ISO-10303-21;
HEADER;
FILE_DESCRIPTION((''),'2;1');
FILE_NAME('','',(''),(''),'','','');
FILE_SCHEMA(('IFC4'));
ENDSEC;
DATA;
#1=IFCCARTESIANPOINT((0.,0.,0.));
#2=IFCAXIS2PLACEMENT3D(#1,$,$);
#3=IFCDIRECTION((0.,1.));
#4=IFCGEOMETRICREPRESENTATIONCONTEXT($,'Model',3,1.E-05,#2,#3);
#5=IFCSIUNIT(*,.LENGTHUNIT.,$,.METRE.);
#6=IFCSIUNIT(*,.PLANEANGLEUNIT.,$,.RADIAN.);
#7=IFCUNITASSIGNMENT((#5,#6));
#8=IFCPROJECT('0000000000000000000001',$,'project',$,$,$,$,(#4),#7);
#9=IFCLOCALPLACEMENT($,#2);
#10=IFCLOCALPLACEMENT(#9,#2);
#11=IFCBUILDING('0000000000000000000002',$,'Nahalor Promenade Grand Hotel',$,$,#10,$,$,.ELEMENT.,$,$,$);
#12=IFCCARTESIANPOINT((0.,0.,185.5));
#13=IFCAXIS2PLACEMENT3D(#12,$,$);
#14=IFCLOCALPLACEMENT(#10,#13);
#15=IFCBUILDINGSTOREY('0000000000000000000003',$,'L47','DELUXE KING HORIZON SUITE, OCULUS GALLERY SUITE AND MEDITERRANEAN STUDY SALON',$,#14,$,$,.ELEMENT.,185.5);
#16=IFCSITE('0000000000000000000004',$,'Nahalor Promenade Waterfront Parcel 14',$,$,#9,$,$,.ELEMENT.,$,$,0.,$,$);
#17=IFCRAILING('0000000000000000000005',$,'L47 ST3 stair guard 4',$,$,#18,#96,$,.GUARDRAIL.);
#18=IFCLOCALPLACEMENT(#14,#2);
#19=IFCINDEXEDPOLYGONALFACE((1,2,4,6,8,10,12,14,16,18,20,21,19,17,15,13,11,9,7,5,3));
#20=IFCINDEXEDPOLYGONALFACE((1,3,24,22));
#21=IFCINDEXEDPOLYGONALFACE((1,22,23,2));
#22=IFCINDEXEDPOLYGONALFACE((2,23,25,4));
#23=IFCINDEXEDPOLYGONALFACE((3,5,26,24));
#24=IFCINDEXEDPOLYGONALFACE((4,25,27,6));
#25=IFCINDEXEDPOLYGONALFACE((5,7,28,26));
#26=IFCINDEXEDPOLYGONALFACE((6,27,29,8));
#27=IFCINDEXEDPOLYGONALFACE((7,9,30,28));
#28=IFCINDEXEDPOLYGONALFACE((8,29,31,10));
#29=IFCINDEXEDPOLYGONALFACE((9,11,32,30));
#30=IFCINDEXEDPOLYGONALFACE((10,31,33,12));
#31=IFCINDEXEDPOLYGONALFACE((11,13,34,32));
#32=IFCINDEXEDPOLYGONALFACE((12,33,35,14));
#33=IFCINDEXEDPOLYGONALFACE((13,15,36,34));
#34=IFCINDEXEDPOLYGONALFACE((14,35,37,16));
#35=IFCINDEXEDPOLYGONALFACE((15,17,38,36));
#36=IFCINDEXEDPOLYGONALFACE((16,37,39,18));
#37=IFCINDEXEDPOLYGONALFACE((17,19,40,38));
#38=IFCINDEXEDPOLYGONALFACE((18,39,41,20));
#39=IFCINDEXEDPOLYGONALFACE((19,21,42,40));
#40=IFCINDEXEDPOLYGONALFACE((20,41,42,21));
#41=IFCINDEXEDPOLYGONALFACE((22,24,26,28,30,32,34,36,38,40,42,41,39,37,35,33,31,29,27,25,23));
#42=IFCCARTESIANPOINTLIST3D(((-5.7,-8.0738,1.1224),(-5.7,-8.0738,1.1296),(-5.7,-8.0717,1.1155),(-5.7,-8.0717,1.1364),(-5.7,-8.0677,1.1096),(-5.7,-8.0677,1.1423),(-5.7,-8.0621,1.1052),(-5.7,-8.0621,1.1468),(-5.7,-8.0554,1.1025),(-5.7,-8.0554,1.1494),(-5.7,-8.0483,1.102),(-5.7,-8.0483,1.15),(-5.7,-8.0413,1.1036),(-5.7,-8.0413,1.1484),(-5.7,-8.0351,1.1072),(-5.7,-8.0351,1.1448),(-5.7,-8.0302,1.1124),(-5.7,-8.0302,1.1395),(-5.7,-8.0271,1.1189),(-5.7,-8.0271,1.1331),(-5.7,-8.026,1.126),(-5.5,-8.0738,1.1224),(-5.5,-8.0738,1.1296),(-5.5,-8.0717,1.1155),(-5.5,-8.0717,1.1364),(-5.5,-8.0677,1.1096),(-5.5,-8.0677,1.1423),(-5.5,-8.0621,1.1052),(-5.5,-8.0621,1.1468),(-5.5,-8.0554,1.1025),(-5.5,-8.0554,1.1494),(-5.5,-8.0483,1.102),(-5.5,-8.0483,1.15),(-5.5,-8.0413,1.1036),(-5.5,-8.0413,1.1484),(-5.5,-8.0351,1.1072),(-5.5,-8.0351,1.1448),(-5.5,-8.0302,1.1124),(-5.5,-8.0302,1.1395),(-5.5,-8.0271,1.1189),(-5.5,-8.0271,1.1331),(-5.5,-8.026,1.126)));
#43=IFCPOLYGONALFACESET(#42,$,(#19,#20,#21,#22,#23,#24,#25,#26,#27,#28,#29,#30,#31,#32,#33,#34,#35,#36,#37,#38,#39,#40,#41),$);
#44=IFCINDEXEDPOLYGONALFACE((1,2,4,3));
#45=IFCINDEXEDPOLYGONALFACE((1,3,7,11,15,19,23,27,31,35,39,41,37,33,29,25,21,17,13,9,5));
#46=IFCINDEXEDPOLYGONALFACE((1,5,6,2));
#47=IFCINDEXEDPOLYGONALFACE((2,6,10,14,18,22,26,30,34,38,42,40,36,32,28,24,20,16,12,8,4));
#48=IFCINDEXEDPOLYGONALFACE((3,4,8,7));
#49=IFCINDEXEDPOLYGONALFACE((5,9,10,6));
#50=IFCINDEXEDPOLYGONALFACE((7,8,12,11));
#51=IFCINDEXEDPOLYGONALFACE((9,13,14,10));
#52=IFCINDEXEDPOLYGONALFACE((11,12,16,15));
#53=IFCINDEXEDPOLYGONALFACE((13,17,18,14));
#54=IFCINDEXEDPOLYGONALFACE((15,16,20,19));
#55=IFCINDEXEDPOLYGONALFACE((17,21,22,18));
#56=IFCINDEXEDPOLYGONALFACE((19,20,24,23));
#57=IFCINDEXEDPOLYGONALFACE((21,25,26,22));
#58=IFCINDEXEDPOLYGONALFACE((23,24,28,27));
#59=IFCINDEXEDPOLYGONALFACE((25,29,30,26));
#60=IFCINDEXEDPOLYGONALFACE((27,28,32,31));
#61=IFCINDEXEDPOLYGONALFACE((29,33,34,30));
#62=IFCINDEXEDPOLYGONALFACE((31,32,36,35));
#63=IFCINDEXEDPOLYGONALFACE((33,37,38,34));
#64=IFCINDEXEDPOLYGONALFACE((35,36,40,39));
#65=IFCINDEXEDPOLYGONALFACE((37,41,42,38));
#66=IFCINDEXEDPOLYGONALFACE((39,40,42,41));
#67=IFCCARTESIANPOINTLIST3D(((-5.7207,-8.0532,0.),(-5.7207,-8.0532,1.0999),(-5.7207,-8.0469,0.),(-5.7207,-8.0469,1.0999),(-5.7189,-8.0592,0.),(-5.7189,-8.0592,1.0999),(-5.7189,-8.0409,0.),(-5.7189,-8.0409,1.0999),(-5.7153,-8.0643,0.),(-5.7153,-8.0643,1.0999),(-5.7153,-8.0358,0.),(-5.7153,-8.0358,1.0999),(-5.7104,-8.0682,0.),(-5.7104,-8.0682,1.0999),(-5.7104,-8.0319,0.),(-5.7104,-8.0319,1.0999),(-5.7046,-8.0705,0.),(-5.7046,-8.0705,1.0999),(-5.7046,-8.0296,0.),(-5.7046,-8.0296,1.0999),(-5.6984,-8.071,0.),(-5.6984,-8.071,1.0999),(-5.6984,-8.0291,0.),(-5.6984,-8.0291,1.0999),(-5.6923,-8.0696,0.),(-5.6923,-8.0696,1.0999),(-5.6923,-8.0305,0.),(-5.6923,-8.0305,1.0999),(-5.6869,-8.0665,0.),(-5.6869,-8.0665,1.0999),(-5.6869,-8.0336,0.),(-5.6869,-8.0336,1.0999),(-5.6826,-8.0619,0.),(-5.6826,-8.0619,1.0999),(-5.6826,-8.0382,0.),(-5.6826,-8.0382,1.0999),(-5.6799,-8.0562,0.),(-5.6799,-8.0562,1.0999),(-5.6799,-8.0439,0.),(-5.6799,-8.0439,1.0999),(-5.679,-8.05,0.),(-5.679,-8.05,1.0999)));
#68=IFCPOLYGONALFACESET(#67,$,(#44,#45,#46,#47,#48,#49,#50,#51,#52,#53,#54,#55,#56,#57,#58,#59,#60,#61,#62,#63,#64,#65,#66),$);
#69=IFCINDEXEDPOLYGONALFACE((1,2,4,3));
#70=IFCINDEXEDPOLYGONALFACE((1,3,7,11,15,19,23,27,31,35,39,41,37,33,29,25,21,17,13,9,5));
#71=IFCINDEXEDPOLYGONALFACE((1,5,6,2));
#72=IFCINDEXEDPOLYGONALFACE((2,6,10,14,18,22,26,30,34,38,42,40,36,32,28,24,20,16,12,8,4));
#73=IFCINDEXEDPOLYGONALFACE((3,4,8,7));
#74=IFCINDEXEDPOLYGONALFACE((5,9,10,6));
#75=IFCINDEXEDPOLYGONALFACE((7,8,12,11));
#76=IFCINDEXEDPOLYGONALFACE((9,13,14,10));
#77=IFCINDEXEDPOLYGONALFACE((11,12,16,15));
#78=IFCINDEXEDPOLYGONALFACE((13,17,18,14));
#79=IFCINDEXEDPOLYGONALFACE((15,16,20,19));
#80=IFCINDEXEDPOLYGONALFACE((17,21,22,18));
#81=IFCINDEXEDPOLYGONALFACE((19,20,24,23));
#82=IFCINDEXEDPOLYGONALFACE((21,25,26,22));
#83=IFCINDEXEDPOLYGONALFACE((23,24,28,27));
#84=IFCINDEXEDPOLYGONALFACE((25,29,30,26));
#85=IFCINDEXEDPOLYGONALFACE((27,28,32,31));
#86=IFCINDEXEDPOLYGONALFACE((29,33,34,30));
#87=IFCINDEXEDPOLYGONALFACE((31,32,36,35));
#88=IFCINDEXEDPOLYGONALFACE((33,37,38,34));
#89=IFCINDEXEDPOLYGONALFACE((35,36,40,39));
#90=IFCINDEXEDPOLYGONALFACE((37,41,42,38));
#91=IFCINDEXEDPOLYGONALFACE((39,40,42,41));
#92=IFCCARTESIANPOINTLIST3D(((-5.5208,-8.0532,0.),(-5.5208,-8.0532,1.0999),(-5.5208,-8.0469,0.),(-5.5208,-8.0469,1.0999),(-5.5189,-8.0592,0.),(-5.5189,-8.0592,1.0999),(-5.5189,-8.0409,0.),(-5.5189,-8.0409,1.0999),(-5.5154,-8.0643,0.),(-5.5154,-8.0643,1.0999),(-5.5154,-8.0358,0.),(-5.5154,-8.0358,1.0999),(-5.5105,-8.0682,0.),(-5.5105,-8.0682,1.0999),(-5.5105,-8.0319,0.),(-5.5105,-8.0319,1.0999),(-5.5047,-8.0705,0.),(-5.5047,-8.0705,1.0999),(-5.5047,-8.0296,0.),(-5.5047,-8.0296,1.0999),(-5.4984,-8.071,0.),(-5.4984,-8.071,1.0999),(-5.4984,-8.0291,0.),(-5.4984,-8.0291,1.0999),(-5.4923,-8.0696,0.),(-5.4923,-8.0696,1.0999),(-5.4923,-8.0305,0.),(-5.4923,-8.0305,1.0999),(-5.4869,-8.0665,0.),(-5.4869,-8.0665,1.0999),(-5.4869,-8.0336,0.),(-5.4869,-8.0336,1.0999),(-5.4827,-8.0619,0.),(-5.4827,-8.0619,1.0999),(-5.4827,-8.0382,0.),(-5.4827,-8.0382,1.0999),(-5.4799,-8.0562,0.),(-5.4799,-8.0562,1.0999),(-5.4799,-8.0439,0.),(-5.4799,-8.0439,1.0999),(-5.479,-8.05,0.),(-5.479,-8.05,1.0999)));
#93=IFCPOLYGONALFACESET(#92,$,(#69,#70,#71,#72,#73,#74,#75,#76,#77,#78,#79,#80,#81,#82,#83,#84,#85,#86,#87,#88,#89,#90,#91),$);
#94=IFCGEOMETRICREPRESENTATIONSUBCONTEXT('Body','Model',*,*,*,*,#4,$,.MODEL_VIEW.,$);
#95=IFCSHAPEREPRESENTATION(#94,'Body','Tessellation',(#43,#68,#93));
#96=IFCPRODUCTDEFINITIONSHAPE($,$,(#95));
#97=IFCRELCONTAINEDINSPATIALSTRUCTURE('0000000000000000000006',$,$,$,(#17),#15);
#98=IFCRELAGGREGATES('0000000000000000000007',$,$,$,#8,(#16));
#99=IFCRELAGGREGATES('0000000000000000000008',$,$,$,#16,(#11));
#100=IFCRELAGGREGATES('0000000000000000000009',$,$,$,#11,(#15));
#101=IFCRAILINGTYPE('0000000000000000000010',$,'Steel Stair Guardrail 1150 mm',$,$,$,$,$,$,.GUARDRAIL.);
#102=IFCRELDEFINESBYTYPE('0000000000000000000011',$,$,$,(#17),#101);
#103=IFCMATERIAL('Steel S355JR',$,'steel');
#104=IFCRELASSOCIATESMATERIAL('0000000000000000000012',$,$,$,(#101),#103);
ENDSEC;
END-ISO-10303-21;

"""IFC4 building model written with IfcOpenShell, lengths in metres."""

from ifc_helpers import new_model, si_unit, direction, frame, origin, origin_2d, place, context, subcontext, project, spatial, circle, extrude, material, type_object, element, save


model = new_model("IFC4")

# Units and contexts
model_context = context("Model", 3, precision=1e-05, world=origin(), true_north=direction((0.0, 1.0)))
body_context = subcontext(model_context, "Body", "Model", "MODEL_VIEW")
ifc_project = project(units=[si_unit("LENGTHUNIT", "METRE"), si_unit("PLANEANGLEUNIT", "RADIAN")], contexts=[model_context])

# Site, building, storey
site_placement = place(None, origin())
site = spatial("IfcSite", under=ifc_project, at=site_placement, Name="Nahalor Promenade Waterfront Parcel 14", CompositionType="ELEMENT", RefElevation=0.0)
building_placement = place(site_placement, origin())
building = spatial("IfcBuilding", under=site, at=building_placement, Name="Nahalor Promenade Grand Hotel", CompositionType="ELEMENT")
storey_placement = place(building_placement, frame((0.0, 0.0, 185.5)))
storey = spatial("IfcBuildingStorey", under=building, at=storey_placement, Name="L47", Description="DELUXE KING HORIZON SUITE, OCULUS GALLERY SUITE AND MEDITERRANEAN STUDY SALON", CompositionType="ELEMENT", Elevation=185.5)

# Shared definitions
ifc_material_1 = material(Name="Steel S355JR", Category="steel")

# Railing
railing_type_1 = type_object("IfcRailingType", Name="Steel Stair Guardrail 1150 mm", PredefinedType="GUARDRAIL", material=ifc_material_1)
railing_1_placement = place(storey_placement, frame((-5.7, -8.05, 0.0)))
element("IfcRailing", 1, at=railing_1_placement, inside=storey, type_object=railing_type_1, Name="L47 ST3 stair guard 4", PredefinedType="GUARDRAIL", context=body_context, shape_type="SweptSolid", body=[
    extrude(circle(Radius=0.024, at=origin_2d()), frame((0.0, 0.0, 1.126), z_axis=(1.0, 0.0, 0.0), x_axis=(0.0, 1.0, 0.0)), (0.0, 0.0, 1.0), 0.2),
    extrude(circle(Radius=0.021, at=origin_2d()), origin(), (0.0, 0.0, 1.0), 1.0999),
    extrude(circle(Radius=0.021, at=origin_2d()), frame((0.2, 0.0, 0.0)), (0.0, 0.0, 1.0), 1.0999),
])

save(model, "model.ifc")
